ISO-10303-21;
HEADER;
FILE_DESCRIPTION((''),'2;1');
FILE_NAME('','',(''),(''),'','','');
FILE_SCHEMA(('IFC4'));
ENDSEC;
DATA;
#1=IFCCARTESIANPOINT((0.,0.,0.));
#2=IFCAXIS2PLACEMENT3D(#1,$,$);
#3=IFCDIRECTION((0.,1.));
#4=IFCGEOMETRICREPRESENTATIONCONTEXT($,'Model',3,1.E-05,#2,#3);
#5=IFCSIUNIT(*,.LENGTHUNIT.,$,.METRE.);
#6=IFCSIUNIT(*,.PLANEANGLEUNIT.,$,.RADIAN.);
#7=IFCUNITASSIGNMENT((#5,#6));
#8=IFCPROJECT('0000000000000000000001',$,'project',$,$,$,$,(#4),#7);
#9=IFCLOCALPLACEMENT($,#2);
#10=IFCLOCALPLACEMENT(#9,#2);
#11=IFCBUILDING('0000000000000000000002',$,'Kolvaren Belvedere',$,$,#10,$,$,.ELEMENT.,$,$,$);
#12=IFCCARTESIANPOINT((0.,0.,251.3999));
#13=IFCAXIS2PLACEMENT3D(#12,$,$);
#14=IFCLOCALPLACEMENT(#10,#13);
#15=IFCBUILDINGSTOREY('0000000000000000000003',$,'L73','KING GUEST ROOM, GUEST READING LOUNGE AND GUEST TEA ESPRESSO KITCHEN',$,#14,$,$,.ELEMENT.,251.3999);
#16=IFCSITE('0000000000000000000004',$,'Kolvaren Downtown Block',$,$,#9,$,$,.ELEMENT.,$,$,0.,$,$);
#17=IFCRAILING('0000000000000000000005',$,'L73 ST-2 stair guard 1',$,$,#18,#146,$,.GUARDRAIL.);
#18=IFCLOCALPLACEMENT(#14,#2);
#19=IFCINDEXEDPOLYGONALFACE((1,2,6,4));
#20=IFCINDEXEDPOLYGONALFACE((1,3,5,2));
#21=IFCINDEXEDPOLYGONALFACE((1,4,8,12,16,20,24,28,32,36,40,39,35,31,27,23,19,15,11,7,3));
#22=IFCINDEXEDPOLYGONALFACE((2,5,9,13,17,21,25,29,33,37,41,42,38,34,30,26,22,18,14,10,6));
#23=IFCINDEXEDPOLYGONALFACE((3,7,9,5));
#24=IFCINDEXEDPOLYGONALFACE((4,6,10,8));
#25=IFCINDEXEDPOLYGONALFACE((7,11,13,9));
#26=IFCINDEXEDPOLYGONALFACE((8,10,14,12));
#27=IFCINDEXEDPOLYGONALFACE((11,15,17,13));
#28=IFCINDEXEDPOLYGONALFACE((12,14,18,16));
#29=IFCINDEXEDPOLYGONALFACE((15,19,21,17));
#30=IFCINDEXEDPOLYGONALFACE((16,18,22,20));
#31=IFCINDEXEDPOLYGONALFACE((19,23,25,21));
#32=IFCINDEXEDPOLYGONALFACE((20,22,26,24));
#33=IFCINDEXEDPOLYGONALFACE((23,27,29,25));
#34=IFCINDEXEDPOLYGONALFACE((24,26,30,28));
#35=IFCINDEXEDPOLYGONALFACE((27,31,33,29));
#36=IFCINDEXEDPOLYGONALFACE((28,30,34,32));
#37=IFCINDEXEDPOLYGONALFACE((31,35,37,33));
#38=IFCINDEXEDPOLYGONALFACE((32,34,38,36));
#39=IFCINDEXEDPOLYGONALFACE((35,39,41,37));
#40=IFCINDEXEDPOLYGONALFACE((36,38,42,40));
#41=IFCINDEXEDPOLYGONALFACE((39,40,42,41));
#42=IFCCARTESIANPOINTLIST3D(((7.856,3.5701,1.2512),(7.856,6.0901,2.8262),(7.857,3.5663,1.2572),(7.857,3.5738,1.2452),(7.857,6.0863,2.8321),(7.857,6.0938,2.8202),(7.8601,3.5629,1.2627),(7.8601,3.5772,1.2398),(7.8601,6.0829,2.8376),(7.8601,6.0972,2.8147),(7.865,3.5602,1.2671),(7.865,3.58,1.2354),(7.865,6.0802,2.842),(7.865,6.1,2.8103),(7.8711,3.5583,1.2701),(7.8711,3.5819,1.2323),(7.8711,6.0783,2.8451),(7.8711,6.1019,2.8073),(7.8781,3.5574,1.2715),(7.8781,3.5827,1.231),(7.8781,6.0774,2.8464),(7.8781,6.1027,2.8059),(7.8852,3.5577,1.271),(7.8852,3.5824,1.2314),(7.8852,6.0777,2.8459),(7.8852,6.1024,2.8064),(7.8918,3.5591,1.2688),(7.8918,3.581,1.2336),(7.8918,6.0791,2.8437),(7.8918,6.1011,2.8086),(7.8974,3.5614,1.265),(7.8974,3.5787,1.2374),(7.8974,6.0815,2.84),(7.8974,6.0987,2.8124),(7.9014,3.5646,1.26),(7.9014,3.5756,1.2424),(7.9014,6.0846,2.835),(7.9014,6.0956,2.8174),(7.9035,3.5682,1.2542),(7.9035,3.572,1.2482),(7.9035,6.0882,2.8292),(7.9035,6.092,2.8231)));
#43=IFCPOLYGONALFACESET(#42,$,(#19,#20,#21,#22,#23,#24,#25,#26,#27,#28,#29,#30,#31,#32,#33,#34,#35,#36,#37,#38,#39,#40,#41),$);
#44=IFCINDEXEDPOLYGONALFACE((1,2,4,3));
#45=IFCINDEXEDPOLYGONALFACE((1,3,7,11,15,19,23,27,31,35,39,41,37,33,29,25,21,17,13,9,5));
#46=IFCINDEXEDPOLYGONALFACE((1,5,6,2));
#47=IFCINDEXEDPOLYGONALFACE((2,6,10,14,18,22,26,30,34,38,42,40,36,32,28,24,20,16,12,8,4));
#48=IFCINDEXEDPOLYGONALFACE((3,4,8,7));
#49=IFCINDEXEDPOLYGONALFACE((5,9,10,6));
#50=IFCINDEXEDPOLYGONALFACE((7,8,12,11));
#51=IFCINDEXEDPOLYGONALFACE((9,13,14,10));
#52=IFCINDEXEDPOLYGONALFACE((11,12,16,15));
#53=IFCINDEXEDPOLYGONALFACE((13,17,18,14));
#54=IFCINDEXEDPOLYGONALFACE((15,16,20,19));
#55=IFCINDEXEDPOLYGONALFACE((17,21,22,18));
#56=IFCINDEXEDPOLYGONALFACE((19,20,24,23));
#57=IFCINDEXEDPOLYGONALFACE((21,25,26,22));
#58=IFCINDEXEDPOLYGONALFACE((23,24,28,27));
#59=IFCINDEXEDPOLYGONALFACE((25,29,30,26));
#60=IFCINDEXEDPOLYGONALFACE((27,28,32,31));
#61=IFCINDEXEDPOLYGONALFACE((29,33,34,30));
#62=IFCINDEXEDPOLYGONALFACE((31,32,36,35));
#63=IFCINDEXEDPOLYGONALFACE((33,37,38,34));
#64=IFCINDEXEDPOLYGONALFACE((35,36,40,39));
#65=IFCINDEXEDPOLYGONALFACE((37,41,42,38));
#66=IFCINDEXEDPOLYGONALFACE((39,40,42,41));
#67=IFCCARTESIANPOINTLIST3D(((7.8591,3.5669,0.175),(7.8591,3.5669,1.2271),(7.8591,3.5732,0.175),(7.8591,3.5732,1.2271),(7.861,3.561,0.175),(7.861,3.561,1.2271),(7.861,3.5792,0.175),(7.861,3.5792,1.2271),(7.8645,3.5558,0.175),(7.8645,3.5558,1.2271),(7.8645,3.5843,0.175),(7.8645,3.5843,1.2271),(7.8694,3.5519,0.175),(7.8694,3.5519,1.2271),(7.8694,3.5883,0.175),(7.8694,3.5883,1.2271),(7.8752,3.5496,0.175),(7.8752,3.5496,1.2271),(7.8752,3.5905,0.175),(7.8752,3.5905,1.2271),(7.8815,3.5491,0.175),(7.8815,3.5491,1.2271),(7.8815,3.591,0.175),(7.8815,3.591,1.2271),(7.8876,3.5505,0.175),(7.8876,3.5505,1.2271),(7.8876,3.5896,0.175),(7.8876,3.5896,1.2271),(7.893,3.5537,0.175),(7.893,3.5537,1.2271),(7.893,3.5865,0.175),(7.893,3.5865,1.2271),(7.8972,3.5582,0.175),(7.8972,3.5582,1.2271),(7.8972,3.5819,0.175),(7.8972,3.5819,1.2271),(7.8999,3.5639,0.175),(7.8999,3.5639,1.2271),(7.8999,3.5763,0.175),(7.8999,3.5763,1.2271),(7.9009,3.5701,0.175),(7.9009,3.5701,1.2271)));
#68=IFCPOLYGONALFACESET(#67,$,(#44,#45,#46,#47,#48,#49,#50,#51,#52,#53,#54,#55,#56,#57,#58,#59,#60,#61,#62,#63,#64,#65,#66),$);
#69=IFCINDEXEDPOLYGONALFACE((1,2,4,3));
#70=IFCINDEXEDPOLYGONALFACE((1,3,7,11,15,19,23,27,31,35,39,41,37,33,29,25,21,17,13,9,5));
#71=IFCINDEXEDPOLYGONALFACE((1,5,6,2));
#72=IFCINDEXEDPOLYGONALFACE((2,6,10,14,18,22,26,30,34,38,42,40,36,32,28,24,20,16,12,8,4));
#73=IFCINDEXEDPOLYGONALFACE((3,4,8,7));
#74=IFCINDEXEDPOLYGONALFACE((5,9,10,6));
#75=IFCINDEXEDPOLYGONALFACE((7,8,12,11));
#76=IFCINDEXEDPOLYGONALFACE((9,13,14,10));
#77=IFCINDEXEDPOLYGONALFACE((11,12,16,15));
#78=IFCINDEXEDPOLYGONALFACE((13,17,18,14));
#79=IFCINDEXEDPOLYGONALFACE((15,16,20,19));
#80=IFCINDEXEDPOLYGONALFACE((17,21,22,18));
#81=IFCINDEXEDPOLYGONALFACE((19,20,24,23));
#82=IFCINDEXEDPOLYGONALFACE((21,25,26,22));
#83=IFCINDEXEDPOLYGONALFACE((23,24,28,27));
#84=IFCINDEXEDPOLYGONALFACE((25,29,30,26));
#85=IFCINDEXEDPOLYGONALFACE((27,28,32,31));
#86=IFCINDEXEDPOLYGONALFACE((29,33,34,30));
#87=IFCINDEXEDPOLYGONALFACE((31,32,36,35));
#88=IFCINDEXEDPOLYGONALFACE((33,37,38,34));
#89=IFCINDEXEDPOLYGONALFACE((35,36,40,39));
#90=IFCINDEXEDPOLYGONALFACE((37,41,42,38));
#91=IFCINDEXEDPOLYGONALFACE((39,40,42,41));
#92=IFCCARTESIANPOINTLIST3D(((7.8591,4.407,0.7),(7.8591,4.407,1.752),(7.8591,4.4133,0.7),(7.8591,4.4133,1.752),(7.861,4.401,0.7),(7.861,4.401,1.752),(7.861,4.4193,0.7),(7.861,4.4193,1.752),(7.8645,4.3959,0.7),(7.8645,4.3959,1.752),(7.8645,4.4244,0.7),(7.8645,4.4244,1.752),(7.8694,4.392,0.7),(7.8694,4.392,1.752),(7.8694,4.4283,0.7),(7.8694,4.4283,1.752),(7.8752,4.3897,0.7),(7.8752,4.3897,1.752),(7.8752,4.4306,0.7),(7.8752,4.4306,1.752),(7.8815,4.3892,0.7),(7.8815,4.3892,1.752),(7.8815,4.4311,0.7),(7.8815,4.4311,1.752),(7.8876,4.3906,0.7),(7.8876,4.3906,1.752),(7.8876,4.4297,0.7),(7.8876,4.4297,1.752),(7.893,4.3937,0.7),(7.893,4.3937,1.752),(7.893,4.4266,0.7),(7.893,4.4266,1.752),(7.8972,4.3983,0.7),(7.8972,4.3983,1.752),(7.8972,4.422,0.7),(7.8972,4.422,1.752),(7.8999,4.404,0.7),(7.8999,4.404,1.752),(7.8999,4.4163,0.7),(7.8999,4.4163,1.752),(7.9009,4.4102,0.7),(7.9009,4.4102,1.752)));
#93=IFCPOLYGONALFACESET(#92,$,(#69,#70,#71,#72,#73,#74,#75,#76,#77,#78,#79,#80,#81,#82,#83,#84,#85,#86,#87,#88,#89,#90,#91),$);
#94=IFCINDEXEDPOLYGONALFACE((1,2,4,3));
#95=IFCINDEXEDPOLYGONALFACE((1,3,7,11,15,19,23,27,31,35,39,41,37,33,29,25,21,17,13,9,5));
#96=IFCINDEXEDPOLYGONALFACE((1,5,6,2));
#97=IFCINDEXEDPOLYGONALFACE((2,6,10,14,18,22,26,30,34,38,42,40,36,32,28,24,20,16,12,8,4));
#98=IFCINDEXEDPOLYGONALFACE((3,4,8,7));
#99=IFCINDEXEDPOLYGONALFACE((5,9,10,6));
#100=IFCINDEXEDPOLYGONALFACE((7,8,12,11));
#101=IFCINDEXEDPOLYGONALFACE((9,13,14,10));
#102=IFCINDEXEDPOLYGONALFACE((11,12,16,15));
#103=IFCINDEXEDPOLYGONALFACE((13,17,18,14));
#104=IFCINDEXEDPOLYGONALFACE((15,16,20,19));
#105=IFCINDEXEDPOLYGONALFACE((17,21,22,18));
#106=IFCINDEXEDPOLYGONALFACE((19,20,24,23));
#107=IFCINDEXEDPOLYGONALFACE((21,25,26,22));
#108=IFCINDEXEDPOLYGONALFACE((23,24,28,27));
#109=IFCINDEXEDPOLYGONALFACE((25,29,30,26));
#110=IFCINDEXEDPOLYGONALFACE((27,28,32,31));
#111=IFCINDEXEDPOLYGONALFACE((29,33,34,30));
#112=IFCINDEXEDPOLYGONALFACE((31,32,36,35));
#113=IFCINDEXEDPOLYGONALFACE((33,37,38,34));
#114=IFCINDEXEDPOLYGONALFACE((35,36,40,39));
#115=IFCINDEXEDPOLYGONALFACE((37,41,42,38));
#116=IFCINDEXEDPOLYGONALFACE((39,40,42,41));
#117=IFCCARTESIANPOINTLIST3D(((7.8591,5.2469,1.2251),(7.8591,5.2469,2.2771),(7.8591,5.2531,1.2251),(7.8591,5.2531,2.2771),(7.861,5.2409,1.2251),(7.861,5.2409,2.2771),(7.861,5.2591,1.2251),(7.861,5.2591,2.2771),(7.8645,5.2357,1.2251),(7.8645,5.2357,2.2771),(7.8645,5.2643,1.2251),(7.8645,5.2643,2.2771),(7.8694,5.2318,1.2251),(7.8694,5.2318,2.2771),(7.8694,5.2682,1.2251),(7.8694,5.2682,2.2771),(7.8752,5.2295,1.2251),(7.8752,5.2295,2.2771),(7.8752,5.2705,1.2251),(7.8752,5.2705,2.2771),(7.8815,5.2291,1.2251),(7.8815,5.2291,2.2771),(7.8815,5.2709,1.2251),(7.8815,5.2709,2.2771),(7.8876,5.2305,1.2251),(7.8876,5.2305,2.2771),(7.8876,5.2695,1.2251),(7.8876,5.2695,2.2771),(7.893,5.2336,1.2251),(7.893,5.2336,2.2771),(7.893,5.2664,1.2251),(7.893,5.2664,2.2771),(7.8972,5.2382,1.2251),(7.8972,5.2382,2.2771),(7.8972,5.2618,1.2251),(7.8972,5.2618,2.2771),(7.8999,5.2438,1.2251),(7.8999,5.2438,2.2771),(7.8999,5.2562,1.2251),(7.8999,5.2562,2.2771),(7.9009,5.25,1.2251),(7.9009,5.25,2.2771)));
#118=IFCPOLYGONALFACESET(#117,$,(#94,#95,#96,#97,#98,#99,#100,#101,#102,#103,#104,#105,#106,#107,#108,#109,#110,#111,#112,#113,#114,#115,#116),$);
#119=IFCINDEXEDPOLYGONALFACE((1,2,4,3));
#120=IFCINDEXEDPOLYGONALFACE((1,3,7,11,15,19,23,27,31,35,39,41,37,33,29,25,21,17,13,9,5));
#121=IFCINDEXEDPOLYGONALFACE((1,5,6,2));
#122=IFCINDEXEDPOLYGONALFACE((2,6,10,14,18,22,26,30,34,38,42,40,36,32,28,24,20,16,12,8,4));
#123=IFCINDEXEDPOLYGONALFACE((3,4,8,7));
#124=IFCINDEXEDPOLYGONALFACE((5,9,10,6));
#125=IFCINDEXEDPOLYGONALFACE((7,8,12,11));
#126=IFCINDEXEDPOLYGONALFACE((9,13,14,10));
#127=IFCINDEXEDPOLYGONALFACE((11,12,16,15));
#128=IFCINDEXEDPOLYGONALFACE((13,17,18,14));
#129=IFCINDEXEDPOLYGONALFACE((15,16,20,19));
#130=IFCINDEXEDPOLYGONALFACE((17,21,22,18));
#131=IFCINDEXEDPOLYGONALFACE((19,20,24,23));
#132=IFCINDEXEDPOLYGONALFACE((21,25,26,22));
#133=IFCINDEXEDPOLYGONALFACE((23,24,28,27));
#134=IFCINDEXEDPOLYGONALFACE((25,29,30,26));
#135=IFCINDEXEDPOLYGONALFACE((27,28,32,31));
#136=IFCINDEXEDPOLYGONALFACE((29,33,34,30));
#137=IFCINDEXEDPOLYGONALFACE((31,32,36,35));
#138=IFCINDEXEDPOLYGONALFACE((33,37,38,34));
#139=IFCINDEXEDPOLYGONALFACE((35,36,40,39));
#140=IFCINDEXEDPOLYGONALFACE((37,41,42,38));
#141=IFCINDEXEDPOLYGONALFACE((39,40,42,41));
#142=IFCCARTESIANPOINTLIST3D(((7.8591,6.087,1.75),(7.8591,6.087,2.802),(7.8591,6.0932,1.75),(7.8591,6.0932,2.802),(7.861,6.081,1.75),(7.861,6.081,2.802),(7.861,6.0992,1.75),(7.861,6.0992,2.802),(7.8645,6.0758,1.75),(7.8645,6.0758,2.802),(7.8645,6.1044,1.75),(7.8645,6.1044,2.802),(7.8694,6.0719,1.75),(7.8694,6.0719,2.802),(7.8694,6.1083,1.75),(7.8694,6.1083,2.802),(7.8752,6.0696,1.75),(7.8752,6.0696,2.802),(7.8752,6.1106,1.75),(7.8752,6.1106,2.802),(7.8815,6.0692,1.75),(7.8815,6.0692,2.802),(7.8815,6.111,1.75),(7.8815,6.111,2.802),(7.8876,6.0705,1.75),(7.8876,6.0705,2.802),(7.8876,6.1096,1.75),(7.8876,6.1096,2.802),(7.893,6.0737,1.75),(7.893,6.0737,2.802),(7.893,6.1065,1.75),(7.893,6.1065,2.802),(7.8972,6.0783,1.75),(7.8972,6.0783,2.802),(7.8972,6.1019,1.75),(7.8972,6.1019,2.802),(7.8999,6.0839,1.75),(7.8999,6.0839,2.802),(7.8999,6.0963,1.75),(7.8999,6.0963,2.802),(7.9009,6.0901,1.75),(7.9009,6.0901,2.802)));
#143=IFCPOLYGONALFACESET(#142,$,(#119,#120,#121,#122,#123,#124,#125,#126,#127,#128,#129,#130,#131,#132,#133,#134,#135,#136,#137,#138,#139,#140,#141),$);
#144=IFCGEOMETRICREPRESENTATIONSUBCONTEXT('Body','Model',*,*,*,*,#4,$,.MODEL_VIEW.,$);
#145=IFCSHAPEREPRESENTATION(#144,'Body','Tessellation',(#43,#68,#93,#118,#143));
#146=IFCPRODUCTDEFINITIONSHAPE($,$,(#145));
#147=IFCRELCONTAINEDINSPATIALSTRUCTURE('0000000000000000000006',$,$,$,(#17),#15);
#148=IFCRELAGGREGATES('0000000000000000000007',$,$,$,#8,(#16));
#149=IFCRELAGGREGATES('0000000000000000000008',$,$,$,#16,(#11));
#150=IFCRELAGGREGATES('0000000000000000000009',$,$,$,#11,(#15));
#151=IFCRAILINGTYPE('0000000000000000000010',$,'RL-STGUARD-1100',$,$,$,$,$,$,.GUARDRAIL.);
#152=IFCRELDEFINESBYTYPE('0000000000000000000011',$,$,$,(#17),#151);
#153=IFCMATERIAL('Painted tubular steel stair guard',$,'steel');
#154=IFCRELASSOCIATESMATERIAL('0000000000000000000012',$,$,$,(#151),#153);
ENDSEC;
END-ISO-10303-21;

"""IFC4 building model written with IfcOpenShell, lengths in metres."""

from ifc_helpers import new_model, si_unit, direction, frame, origin, origin_2d, place, context, subcontext, project, spatial, circle, extrude, material, type_object, element, save


model = new_model("IFC4")

# Units and contexts
model_context = context("Model", 3, precision=1e-05, world=origin(), true_north=direction((0.0, 1.0)))
body_context = subcontext(model_context, "Body", "Model", "MODEL_VIEW")
ifc_project = project(units=[si_unit("LENGTHUNIT", "METRE"), si_unit("PLANEANGLEUNIT", "RADIAN")], contexts=[model_context])

# Site, building, storey
site_placement = place(None, origin())
site = spatial("IfcSite", under=ifc_project, at=site_placement, Name="Kolvaren Downtown Block", CompositionType="ELEMENT", RefElevation=0.0)
building_placement = place(site_placement, origin())
building = spatial("IfcBuilding", under=site, at=building_placement, Name="Kolvaren Belvedere", CompositionType="ELEMENT")
storey_placement = place(building_placement, frame((0.0, 0.0, 251.3999)))
storey = spatial("IfcBuildingStorey", under=building, at=storey_placement, Name="L73", Description="KING GUEST ROOM, GUEST READING LOUNGE AND GUEST TEA ESPRESSO KITCHEN", CompositionType="ELEMENT", Elevation=251.3999)

# Railing
ifc_material_1 = material(Name="Painted tubular steel stair guard", Category="steel")
railing_type_1 = type_object("IfcRailingType", Name="RL-STGUARD-1100", PredefinedType="GUARDRAIL", material=ifc_material_1)
railing_1_placement = place(storey_placement, frame((7.8799, 3.5701, 0.175)))
element("IfcRailing", 1, at=railing_1_placement, inside=storey, type_object=railing_type_1, Name="L73 ST-2 stair guard 1", PredefinedType="GUARDRAIL", context=body_context, shape_type="SweptSolid", body=[
    extrude(circle(Radius=0.0239, at=origin_2d()), frame((0.0, 0.0, 1.0762), z_axis=(0.0, 0.848008, 0.529984), x_axis=(-1.0, 0.0, 0.0)), (0.0, 0.0, 1.0), 2.9717),
    extrude(circle(Radius=0.021, at=origin_2d()), origin(), (0.0, 0.0, 1.0), 1.052),
    extrude(circle(Radius=0.021, at=origin_2d()), frame((0.0, 0.8401, 0.5249)), (0.0, 0.0, 1.0), 1.052),
    extrude(circle(Radius=0.021, at=origin_2d()), frame((0.0, 1.6799, 1.05)), (0.0, 0.0, 1.0), 1.052),
    extrude(circle(Radius=0.021, at=origin_2d()), frame((0.0, 2.52, 1.575)), (0.0, 0.0, 1.0), 1.052),
])

save(model, "model.ifc")
